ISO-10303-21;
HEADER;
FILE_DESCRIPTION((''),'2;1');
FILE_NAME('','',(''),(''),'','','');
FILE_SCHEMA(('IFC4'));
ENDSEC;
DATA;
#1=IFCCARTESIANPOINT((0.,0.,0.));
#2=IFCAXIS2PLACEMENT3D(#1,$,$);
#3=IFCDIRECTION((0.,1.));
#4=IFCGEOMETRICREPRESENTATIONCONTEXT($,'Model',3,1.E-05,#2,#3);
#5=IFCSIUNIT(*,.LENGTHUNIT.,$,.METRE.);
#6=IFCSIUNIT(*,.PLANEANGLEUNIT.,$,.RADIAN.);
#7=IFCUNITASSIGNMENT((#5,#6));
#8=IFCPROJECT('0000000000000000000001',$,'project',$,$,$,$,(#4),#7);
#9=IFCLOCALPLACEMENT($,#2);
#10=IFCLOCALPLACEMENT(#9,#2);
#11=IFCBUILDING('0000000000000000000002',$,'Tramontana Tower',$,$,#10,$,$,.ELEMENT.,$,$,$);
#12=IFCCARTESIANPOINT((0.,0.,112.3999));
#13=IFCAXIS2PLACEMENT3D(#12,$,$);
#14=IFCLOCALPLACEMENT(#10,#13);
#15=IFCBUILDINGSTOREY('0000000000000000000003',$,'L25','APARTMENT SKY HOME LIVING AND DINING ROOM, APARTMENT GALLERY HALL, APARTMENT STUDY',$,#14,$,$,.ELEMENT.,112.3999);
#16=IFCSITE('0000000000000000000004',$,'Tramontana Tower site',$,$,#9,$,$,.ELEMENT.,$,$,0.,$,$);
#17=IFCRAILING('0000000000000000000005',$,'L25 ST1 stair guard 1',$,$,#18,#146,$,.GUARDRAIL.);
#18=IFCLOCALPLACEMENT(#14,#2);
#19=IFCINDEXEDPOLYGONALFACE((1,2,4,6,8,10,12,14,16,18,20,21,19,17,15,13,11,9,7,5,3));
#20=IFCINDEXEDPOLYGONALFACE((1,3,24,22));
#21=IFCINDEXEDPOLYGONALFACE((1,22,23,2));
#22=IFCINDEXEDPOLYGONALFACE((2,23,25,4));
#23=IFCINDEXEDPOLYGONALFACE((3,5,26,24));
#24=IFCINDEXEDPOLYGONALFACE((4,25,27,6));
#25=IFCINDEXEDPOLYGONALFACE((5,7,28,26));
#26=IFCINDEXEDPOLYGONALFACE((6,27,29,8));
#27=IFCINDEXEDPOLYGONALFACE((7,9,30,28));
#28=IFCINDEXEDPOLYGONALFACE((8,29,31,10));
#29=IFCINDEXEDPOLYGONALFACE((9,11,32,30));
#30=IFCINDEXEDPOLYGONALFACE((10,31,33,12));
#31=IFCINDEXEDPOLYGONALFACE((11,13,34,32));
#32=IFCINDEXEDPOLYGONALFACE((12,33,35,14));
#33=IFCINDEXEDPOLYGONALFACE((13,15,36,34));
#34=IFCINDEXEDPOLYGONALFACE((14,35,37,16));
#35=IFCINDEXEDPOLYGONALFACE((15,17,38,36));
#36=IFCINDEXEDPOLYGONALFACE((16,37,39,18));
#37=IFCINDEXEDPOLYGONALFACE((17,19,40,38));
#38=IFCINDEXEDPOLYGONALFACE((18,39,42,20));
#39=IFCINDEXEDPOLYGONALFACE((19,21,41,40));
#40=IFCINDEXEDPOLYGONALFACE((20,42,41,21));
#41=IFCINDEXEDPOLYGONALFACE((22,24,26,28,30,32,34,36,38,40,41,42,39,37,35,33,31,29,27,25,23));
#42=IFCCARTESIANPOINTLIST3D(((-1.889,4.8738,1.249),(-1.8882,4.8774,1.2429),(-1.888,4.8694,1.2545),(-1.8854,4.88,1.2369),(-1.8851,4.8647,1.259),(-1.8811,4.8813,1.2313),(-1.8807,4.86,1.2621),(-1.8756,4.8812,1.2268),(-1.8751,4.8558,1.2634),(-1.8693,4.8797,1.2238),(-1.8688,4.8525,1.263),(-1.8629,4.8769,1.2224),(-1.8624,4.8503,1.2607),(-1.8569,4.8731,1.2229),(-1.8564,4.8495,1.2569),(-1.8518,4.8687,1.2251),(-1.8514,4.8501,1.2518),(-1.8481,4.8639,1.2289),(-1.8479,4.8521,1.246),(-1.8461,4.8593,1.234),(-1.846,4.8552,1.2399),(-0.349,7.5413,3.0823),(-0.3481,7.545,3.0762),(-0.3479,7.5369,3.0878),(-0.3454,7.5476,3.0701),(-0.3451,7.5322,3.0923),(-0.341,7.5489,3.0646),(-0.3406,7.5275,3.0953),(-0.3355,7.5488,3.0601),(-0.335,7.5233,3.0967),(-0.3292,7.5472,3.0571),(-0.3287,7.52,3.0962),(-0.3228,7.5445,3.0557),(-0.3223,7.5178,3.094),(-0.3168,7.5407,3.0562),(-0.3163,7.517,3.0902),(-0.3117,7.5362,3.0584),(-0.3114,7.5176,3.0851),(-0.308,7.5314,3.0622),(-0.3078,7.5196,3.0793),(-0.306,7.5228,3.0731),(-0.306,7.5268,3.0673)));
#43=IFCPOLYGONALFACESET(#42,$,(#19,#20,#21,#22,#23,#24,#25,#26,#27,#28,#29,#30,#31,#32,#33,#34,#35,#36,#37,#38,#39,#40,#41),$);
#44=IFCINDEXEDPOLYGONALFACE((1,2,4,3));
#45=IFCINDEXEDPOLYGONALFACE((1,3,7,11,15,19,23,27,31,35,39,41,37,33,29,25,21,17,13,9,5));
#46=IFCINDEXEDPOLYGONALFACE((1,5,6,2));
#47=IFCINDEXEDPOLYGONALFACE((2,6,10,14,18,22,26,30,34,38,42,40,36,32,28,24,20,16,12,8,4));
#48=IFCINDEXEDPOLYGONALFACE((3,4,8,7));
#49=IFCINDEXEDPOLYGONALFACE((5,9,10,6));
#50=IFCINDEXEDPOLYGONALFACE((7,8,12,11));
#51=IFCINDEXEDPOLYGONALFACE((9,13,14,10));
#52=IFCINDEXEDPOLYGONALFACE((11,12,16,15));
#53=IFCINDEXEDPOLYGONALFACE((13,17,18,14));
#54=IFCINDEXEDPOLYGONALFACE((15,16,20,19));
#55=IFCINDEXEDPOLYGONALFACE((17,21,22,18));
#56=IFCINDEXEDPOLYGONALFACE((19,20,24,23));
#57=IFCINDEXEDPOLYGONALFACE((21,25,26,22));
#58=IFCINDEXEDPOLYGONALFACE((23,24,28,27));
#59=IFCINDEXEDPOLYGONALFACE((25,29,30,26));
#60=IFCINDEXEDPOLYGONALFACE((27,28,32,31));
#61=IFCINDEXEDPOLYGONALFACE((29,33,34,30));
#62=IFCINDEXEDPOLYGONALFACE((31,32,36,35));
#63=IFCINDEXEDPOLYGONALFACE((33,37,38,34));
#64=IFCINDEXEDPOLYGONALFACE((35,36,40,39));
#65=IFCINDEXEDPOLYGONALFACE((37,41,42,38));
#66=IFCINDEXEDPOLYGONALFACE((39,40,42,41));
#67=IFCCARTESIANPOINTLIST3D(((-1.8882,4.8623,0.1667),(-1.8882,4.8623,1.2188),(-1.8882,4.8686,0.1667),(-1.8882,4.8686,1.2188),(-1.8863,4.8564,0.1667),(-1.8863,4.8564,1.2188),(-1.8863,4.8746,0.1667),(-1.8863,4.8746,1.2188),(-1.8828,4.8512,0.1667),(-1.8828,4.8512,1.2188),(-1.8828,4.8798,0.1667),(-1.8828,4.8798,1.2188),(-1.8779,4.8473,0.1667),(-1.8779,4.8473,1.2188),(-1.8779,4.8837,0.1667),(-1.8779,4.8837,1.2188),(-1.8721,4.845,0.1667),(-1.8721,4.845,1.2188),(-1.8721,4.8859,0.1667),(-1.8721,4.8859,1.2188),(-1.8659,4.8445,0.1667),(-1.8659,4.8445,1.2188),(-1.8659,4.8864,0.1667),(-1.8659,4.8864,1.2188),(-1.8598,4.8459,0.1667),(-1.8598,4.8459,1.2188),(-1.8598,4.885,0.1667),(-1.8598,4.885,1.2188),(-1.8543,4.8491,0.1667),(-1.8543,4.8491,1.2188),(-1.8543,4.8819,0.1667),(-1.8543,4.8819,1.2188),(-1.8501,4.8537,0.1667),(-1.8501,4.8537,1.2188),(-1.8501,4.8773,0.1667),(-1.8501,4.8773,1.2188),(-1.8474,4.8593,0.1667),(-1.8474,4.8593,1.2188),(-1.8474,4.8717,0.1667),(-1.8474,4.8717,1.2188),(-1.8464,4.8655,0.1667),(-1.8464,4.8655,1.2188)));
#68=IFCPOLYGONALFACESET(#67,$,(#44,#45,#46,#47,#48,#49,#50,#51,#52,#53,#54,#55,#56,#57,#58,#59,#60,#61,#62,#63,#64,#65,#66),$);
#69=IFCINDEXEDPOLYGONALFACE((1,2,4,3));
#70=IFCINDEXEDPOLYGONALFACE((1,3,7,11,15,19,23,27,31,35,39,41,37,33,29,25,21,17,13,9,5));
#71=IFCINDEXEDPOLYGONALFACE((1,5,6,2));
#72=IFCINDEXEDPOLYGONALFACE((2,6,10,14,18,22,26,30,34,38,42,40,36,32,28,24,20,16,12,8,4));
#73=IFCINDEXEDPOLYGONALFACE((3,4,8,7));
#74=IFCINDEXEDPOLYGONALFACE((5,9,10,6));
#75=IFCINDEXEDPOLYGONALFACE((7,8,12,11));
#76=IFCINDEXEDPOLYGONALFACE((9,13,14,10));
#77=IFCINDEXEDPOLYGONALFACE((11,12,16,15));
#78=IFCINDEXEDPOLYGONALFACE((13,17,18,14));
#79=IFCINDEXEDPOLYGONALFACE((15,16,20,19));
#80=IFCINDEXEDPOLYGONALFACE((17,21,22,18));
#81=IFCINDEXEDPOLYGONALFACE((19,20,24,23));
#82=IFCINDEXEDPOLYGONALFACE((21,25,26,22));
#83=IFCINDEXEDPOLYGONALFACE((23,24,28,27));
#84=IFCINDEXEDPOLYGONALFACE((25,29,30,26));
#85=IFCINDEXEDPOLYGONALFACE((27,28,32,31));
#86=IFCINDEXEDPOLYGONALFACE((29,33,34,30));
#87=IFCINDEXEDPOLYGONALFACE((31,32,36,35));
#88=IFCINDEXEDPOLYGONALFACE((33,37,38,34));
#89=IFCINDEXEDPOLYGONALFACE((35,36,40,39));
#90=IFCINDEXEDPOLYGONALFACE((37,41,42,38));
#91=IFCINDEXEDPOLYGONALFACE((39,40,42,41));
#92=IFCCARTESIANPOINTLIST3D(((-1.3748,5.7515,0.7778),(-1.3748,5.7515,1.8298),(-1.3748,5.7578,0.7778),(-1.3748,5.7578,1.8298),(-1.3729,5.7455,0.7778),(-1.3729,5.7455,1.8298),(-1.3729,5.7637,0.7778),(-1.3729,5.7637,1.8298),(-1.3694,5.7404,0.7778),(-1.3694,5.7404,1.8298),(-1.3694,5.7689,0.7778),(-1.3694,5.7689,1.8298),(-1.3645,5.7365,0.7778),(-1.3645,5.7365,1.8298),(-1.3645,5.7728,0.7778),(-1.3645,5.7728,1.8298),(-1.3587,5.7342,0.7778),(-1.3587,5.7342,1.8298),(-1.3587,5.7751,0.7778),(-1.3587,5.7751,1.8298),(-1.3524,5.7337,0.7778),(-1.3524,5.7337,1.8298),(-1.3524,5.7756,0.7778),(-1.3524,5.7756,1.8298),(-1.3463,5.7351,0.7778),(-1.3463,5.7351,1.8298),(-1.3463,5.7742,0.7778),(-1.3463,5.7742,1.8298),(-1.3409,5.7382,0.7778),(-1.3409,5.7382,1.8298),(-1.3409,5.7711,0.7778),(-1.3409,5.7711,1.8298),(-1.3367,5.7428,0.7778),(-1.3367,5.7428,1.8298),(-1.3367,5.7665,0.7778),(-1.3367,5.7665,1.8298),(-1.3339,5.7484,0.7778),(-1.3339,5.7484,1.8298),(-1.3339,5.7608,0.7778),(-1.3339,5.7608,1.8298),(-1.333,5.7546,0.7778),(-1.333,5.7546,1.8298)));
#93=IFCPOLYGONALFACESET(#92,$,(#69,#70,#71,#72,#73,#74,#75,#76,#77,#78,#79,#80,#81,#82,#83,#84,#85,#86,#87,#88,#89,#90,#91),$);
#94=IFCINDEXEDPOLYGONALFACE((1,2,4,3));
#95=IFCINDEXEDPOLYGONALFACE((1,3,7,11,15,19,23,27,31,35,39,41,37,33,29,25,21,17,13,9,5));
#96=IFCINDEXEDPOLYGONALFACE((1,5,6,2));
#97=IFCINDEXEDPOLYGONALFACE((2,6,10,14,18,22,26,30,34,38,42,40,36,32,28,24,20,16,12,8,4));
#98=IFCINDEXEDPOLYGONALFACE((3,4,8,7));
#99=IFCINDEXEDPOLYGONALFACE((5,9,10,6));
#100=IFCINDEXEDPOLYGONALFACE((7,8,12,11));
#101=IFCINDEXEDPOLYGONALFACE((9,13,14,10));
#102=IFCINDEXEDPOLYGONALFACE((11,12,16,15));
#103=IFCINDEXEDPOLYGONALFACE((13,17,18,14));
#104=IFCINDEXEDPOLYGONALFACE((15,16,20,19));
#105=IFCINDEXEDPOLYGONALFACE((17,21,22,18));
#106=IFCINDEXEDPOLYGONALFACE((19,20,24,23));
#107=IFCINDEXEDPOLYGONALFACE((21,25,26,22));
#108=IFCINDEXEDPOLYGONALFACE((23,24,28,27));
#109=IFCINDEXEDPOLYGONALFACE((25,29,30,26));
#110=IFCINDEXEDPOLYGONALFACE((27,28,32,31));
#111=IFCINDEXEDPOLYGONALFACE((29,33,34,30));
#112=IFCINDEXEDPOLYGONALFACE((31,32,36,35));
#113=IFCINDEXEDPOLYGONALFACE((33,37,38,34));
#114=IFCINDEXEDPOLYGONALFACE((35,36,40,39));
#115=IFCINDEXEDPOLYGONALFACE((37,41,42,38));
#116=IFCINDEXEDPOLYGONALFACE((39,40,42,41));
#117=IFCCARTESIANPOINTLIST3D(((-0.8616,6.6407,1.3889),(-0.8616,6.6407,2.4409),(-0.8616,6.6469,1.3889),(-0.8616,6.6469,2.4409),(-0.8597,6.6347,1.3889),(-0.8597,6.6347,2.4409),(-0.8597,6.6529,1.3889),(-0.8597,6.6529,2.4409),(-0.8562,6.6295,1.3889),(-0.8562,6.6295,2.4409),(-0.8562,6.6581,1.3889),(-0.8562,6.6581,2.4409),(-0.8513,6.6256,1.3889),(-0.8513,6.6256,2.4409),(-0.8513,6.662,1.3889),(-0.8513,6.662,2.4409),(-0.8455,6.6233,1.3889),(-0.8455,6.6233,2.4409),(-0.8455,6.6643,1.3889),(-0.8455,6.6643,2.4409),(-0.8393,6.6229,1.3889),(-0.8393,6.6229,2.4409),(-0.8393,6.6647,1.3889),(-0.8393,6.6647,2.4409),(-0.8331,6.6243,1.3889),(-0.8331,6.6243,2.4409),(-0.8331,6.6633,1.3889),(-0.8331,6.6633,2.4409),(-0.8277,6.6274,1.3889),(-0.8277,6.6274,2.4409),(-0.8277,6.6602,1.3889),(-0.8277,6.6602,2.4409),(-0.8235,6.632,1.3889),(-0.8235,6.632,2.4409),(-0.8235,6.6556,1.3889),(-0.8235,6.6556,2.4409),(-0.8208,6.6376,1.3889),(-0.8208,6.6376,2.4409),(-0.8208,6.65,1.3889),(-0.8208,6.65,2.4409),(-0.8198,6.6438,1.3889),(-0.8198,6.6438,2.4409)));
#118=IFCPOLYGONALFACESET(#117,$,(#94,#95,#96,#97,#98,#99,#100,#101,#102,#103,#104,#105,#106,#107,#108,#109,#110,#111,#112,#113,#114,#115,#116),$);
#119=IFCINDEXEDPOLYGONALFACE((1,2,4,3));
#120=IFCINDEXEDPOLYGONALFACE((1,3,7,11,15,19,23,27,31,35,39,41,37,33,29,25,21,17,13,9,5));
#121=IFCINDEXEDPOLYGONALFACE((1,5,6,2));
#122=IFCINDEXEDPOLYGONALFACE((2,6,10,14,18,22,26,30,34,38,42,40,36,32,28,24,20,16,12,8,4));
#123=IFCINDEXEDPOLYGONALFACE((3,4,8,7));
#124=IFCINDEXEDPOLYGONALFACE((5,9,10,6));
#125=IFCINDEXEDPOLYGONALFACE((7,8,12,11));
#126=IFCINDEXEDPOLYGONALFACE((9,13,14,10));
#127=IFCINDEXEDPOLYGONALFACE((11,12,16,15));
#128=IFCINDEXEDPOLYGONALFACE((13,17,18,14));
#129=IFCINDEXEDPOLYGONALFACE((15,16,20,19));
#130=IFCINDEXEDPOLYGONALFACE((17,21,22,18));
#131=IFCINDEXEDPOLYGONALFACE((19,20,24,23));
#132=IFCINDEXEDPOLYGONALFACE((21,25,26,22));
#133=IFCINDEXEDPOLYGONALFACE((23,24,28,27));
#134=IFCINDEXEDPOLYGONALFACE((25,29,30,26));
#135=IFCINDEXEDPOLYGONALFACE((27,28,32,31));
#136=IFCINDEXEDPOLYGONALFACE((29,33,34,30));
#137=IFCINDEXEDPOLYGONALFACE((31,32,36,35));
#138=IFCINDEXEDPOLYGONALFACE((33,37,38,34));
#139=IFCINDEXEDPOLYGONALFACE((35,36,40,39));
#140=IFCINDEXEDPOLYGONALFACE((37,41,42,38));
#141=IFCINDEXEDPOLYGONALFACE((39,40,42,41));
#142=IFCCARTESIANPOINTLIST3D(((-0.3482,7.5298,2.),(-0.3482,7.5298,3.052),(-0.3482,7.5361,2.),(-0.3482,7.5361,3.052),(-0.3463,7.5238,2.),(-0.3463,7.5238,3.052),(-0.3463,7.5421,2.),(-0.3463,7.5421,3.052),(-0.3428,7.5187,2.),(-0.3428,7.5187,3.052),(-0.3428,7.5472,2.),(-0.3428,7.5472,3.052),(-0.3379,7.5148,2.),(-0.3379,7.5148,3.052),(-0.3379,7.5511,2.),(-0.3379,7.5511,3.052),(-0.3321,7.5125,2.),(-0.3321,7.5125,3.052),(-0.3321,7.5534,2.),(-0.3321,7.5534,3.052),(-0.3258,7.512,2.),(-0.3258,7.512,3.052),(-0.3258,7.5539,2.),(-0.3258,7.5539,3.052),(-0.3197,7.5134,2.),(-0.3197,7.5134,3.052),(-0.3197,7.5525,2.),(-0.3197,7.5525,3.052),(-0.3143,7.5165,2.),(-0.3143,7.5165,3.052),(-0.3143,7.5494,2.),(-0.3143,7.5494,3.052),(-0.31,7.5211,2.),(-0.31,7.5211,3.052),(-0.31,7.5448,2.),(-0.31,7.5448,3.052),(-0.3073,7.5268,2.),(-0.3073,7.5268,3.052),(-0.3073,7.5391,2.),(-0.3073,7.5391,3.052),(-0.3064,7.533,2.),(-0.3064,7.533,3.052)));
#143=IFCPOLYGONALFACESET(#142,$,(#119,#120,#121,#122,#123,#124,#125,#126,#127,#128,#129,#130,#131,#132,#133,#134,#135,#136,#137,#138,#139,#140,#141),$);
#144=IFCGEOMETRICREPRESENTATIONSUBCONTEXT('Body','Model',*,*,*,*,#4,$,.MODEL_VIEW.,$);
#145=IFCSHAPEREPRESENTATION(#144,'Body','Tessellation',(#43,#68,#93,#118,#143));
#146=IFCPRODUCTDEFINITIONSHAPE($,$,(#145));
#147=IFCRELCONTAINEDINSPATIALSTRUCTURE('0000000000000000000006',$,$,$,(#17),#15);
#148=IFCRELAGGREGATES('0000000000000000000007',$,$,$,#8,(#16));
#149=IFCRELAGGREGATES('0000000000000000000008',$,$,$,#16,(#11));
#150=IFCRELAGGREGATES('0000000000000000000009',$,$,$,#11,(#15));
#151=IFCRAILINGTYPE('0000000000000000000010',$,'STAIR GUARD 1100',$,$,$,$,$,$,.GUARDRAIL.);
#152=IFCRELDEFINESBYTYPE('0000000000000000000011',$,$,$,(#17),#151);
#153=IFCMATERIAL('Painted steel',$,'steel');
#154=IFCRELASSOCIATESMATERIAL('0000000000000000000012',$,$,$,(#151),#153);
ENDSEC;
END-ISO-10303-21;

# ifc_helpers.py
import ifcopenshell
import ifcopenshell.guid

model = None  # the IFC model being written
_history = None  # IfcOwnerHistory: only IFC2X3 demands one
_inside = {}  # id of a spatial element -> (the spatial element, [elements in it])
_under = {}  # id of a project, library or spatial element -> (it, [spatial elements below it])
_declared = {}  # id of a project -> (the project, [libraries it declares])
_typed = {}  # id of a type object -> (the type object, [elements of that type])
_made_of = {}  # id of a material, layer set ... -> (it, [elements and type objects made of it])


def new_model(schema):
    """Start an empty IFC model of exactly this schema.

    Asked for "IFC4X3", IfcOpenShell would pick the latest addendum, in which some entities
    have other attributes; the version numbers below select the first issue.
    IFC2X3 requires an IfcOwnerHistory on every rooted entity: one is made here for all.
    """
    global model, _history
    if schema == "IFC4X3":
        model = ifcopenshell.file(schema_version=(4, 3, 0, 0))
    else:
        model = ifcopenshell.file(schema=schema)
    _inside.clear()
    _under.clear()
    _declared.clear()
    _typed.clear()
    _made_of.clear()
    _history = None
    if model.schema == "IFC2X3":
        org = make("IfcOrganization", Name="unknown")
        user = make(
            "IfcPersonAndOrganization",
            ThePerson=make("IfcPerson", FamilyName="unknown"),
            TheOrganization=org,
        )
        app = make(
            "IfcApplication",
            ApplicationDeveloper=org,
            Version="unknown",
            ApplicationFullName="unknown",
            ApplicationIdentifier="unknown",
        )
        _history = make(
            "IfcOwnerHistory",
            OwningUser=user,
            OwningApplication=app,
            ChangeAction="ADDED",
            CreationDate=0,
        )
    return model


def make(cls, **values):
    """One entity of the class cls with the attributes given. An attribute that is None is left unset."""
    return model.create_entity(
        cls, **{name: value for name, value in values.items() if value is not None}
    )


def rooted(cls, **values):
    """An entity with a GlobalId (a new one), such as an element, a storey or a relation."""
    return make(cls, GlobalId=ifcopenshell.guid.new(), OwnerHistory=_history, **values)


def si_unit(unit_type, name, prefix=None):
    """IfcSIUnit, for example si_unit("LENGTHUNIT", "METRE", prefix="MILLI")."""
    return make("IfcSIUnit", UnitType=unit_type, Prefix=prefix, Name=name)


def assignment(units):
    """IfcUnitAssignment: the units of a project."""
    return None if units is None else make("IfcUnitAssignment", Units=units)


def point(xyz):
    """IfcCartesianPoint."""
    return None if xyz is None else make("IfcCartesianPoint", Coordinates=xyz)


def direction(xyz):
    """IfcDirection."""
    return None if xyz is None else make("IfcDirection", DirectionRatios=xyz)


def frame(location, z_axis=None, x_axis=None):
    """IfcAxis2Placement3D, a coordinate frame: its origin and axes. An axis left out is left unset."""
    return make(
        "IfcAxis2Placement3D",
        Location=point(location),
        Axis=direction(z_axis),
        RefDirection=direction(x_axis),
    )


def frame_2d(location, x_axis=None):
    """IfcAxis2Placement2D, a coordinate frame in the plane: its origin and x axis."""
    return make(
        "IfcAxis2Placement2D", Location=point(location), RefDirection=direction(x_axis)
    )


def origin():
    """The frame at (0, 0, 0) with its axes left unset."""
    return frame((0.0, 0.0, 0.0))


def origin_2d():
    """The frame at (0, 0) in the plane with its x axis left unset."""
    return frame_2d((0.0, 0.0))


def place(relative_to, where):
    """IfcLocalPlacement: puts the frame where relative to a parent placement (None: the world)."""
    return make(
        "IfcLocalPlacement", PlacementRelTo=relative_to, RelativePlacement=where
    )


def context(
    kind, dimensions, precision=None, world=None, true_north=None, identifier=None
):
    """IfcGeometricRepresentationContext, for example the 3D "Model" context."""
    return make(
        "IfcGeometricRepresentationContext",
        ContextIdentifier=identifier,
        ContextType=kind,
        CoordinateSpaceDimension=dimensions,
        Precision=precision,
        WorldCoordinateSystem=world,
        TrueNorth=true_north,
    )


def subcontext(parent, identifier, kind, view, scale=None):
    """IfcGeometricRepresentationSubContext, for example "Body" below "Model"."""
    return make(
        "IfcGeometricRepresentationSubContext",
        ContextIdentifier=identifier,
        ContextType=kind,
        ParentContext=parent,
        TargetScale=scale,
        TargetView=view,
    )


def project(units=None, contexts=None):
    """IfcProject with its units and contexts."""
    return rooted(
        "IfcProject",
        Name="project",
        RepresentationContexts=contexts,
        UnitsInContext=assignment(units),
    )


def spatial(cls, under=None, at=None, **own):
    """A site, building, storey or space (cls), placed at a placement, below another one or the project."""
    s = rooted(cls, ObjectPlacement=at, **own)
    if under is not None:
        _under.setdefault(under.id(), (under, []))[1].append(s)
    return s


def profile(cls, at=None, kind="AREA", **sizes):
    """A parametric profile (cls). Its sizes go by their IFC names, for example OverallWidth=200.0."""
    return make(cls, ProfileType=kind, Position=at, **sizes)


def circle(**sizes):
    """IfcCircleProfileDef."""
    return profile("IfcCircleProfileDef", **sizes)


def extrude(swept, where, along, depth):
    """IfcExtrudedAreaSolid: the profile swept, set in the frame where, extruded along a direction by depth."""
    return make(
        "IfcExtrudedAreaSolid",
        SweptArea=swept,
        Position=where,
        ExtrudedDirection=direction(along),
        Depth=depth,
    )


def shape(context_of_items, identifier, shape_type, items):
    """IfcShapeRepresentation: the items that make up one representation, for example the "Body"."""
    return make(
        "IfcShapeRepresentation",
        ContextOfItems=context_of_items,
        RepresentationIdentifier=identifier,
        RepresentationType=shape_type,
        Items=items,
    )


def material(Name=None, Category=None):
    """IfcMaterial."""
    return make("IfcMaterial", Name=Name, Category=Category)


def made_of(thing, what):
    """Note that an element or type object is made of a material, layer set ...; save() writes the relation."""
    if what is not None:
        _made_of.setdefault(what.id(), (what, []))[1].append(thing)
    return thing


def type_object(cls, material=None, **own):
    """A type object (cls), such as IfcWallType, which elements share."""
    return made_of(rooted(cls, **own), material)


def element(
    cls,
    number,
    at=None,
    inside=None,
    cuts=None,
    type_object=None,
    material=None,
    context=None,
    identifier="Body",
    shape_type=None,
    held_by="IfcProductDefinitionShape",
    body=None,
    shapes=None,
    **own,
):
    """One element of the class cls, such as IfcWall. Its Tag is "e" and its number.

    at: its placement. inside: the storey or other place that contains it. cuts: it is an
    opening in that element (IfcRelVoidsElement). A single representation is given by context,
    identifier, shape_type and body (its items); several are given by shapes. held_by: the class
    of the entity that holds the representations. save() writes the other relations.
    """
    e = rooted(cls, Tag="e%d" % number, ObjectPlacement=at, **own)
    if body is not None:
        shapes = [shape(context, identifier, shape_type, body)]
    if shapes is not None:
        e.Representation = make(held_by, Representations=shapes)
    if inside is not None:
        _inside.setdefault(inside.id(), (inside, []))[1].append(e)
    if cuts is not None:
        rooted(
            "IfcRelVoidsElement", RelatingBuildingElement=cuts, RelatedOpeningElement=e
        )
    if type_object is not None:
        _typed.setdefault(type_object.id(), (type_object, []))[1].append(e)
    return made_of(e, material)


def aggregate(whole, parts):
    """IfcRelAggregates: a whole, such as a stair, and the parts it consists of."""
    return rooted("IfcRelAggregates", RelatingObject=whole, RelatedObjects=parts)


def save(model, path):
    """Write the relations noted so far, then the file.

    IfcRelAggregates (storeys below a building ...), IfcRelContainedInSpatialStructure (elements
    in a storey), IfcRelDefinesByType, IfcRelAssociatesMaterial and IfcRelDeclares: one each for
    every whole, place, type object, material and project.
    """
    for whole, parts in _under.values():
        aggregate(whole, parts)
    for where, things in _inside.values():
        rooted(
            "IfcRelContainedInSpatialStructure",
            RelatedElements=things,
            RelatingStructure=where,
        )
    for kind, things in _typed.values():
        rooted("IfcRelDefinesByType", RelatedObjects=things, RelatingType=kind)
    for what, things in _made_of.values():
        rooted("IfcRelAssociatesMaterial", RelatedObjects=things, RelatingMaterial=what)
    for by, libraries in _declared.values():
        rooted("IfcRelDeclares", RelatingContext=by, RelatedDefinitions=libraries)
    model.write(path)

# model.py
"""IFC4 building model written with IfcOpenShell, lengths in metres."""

from ifc_helpers import new_model, si_unit, direction, frame, origin, origin_2d, place, context, subcontext, project, spatial, circle, extrude, material, type_object, element, save


model = new_model("IFC4")

# Units and contexts
model_context = context("Model", 3, precision=1e-05, world=origin(), true_north=direction((0.0, 1.0)))
body_context = subcontext(model_context, "Body", "Model", "MODEL_VIEW")
ifc_project = project(units=[si_unit("LENGTHUNIT", "METRE"), si_unit("PLANEANGLEUNIT", "RADIAN")], contexts=[model_context])

# Site, building, storey
site_placement = place(None, origin())
site = spatial("IfcSite", under=ifc_project, at=site_placement, Name="Tramontana Tower site", CompositionType="ELEMENT", RefElevation=0.0)
building_placement = place(site_placement, origin())
building = spatial("IfcBuilding", under=site, at=building_placement, Name="Tramontana Tower", CompositionType="ELEMENT")
storey_placement = place(building_placement, frame((0.0, 0.0, 112.3999)))
storey = spatial("IfcBuildingStorey", under=building, at=storey_placement, Name="L25", Description="APARTMENT SKY HOME LIVING AND DINING ROOM, APARTMENT GALLERY HALL, APARTMENT STUDY", CompositionType="ELEMENT", Elevation=112.3999)

# Railing
ifc_material_1 = material(Name="Painted steel", Category="steel")
railing_type = type_object("IfcRailingType", Name="STAIR GUARD 1100", PredefinedType="GUARDRAIL", material=ifc_material_1)
railing_1_placement = place(storey_placement, frame((-1.8674, 4.8655, 0.1667)))
element("IfcRailing", 1, at=railing_1_placement, inside=storey, type_object=railing_type, Name="L25 ST1 stair guard 1", PredefinedType="GUARDRAIL", context=body_context, shape_type="SweptSolid", body=[
    extrude(circle(Radius=0.0239, at=origin_2d()), frame((0.0, 0.0, 1.0762), z_axis=(0.429649, 0.74419, 0.511452), x_axis=(-0.86603, 0.499992, 0.0)), (0.0, 0.0, 1.0), 3.5845),
    extrude(circle(Radius=0.021, at=origin_2d()), origin(), (0.0, 0.0, 1.0), 1.052),
    extrude(circle(Radius=0.021, at=origin_2d()), frame((0.5134, 0.8892, 0.6111)), (0.0, 0.0, 1.0), 1.052),
    extrude(circle(Radius=0.021, at=origin_2d()), frame((1.0266, 1.7783, 1.2222)), (0.0, 0.0, 1.0), 1.052),
    extrude(circle(Radius=0.021, at=origin_2d()), frame((1.54, 2.6675, 1.8333)), (0.0, 0.0, 1.0), 1.052),
])

save(model, "model.ifc")
